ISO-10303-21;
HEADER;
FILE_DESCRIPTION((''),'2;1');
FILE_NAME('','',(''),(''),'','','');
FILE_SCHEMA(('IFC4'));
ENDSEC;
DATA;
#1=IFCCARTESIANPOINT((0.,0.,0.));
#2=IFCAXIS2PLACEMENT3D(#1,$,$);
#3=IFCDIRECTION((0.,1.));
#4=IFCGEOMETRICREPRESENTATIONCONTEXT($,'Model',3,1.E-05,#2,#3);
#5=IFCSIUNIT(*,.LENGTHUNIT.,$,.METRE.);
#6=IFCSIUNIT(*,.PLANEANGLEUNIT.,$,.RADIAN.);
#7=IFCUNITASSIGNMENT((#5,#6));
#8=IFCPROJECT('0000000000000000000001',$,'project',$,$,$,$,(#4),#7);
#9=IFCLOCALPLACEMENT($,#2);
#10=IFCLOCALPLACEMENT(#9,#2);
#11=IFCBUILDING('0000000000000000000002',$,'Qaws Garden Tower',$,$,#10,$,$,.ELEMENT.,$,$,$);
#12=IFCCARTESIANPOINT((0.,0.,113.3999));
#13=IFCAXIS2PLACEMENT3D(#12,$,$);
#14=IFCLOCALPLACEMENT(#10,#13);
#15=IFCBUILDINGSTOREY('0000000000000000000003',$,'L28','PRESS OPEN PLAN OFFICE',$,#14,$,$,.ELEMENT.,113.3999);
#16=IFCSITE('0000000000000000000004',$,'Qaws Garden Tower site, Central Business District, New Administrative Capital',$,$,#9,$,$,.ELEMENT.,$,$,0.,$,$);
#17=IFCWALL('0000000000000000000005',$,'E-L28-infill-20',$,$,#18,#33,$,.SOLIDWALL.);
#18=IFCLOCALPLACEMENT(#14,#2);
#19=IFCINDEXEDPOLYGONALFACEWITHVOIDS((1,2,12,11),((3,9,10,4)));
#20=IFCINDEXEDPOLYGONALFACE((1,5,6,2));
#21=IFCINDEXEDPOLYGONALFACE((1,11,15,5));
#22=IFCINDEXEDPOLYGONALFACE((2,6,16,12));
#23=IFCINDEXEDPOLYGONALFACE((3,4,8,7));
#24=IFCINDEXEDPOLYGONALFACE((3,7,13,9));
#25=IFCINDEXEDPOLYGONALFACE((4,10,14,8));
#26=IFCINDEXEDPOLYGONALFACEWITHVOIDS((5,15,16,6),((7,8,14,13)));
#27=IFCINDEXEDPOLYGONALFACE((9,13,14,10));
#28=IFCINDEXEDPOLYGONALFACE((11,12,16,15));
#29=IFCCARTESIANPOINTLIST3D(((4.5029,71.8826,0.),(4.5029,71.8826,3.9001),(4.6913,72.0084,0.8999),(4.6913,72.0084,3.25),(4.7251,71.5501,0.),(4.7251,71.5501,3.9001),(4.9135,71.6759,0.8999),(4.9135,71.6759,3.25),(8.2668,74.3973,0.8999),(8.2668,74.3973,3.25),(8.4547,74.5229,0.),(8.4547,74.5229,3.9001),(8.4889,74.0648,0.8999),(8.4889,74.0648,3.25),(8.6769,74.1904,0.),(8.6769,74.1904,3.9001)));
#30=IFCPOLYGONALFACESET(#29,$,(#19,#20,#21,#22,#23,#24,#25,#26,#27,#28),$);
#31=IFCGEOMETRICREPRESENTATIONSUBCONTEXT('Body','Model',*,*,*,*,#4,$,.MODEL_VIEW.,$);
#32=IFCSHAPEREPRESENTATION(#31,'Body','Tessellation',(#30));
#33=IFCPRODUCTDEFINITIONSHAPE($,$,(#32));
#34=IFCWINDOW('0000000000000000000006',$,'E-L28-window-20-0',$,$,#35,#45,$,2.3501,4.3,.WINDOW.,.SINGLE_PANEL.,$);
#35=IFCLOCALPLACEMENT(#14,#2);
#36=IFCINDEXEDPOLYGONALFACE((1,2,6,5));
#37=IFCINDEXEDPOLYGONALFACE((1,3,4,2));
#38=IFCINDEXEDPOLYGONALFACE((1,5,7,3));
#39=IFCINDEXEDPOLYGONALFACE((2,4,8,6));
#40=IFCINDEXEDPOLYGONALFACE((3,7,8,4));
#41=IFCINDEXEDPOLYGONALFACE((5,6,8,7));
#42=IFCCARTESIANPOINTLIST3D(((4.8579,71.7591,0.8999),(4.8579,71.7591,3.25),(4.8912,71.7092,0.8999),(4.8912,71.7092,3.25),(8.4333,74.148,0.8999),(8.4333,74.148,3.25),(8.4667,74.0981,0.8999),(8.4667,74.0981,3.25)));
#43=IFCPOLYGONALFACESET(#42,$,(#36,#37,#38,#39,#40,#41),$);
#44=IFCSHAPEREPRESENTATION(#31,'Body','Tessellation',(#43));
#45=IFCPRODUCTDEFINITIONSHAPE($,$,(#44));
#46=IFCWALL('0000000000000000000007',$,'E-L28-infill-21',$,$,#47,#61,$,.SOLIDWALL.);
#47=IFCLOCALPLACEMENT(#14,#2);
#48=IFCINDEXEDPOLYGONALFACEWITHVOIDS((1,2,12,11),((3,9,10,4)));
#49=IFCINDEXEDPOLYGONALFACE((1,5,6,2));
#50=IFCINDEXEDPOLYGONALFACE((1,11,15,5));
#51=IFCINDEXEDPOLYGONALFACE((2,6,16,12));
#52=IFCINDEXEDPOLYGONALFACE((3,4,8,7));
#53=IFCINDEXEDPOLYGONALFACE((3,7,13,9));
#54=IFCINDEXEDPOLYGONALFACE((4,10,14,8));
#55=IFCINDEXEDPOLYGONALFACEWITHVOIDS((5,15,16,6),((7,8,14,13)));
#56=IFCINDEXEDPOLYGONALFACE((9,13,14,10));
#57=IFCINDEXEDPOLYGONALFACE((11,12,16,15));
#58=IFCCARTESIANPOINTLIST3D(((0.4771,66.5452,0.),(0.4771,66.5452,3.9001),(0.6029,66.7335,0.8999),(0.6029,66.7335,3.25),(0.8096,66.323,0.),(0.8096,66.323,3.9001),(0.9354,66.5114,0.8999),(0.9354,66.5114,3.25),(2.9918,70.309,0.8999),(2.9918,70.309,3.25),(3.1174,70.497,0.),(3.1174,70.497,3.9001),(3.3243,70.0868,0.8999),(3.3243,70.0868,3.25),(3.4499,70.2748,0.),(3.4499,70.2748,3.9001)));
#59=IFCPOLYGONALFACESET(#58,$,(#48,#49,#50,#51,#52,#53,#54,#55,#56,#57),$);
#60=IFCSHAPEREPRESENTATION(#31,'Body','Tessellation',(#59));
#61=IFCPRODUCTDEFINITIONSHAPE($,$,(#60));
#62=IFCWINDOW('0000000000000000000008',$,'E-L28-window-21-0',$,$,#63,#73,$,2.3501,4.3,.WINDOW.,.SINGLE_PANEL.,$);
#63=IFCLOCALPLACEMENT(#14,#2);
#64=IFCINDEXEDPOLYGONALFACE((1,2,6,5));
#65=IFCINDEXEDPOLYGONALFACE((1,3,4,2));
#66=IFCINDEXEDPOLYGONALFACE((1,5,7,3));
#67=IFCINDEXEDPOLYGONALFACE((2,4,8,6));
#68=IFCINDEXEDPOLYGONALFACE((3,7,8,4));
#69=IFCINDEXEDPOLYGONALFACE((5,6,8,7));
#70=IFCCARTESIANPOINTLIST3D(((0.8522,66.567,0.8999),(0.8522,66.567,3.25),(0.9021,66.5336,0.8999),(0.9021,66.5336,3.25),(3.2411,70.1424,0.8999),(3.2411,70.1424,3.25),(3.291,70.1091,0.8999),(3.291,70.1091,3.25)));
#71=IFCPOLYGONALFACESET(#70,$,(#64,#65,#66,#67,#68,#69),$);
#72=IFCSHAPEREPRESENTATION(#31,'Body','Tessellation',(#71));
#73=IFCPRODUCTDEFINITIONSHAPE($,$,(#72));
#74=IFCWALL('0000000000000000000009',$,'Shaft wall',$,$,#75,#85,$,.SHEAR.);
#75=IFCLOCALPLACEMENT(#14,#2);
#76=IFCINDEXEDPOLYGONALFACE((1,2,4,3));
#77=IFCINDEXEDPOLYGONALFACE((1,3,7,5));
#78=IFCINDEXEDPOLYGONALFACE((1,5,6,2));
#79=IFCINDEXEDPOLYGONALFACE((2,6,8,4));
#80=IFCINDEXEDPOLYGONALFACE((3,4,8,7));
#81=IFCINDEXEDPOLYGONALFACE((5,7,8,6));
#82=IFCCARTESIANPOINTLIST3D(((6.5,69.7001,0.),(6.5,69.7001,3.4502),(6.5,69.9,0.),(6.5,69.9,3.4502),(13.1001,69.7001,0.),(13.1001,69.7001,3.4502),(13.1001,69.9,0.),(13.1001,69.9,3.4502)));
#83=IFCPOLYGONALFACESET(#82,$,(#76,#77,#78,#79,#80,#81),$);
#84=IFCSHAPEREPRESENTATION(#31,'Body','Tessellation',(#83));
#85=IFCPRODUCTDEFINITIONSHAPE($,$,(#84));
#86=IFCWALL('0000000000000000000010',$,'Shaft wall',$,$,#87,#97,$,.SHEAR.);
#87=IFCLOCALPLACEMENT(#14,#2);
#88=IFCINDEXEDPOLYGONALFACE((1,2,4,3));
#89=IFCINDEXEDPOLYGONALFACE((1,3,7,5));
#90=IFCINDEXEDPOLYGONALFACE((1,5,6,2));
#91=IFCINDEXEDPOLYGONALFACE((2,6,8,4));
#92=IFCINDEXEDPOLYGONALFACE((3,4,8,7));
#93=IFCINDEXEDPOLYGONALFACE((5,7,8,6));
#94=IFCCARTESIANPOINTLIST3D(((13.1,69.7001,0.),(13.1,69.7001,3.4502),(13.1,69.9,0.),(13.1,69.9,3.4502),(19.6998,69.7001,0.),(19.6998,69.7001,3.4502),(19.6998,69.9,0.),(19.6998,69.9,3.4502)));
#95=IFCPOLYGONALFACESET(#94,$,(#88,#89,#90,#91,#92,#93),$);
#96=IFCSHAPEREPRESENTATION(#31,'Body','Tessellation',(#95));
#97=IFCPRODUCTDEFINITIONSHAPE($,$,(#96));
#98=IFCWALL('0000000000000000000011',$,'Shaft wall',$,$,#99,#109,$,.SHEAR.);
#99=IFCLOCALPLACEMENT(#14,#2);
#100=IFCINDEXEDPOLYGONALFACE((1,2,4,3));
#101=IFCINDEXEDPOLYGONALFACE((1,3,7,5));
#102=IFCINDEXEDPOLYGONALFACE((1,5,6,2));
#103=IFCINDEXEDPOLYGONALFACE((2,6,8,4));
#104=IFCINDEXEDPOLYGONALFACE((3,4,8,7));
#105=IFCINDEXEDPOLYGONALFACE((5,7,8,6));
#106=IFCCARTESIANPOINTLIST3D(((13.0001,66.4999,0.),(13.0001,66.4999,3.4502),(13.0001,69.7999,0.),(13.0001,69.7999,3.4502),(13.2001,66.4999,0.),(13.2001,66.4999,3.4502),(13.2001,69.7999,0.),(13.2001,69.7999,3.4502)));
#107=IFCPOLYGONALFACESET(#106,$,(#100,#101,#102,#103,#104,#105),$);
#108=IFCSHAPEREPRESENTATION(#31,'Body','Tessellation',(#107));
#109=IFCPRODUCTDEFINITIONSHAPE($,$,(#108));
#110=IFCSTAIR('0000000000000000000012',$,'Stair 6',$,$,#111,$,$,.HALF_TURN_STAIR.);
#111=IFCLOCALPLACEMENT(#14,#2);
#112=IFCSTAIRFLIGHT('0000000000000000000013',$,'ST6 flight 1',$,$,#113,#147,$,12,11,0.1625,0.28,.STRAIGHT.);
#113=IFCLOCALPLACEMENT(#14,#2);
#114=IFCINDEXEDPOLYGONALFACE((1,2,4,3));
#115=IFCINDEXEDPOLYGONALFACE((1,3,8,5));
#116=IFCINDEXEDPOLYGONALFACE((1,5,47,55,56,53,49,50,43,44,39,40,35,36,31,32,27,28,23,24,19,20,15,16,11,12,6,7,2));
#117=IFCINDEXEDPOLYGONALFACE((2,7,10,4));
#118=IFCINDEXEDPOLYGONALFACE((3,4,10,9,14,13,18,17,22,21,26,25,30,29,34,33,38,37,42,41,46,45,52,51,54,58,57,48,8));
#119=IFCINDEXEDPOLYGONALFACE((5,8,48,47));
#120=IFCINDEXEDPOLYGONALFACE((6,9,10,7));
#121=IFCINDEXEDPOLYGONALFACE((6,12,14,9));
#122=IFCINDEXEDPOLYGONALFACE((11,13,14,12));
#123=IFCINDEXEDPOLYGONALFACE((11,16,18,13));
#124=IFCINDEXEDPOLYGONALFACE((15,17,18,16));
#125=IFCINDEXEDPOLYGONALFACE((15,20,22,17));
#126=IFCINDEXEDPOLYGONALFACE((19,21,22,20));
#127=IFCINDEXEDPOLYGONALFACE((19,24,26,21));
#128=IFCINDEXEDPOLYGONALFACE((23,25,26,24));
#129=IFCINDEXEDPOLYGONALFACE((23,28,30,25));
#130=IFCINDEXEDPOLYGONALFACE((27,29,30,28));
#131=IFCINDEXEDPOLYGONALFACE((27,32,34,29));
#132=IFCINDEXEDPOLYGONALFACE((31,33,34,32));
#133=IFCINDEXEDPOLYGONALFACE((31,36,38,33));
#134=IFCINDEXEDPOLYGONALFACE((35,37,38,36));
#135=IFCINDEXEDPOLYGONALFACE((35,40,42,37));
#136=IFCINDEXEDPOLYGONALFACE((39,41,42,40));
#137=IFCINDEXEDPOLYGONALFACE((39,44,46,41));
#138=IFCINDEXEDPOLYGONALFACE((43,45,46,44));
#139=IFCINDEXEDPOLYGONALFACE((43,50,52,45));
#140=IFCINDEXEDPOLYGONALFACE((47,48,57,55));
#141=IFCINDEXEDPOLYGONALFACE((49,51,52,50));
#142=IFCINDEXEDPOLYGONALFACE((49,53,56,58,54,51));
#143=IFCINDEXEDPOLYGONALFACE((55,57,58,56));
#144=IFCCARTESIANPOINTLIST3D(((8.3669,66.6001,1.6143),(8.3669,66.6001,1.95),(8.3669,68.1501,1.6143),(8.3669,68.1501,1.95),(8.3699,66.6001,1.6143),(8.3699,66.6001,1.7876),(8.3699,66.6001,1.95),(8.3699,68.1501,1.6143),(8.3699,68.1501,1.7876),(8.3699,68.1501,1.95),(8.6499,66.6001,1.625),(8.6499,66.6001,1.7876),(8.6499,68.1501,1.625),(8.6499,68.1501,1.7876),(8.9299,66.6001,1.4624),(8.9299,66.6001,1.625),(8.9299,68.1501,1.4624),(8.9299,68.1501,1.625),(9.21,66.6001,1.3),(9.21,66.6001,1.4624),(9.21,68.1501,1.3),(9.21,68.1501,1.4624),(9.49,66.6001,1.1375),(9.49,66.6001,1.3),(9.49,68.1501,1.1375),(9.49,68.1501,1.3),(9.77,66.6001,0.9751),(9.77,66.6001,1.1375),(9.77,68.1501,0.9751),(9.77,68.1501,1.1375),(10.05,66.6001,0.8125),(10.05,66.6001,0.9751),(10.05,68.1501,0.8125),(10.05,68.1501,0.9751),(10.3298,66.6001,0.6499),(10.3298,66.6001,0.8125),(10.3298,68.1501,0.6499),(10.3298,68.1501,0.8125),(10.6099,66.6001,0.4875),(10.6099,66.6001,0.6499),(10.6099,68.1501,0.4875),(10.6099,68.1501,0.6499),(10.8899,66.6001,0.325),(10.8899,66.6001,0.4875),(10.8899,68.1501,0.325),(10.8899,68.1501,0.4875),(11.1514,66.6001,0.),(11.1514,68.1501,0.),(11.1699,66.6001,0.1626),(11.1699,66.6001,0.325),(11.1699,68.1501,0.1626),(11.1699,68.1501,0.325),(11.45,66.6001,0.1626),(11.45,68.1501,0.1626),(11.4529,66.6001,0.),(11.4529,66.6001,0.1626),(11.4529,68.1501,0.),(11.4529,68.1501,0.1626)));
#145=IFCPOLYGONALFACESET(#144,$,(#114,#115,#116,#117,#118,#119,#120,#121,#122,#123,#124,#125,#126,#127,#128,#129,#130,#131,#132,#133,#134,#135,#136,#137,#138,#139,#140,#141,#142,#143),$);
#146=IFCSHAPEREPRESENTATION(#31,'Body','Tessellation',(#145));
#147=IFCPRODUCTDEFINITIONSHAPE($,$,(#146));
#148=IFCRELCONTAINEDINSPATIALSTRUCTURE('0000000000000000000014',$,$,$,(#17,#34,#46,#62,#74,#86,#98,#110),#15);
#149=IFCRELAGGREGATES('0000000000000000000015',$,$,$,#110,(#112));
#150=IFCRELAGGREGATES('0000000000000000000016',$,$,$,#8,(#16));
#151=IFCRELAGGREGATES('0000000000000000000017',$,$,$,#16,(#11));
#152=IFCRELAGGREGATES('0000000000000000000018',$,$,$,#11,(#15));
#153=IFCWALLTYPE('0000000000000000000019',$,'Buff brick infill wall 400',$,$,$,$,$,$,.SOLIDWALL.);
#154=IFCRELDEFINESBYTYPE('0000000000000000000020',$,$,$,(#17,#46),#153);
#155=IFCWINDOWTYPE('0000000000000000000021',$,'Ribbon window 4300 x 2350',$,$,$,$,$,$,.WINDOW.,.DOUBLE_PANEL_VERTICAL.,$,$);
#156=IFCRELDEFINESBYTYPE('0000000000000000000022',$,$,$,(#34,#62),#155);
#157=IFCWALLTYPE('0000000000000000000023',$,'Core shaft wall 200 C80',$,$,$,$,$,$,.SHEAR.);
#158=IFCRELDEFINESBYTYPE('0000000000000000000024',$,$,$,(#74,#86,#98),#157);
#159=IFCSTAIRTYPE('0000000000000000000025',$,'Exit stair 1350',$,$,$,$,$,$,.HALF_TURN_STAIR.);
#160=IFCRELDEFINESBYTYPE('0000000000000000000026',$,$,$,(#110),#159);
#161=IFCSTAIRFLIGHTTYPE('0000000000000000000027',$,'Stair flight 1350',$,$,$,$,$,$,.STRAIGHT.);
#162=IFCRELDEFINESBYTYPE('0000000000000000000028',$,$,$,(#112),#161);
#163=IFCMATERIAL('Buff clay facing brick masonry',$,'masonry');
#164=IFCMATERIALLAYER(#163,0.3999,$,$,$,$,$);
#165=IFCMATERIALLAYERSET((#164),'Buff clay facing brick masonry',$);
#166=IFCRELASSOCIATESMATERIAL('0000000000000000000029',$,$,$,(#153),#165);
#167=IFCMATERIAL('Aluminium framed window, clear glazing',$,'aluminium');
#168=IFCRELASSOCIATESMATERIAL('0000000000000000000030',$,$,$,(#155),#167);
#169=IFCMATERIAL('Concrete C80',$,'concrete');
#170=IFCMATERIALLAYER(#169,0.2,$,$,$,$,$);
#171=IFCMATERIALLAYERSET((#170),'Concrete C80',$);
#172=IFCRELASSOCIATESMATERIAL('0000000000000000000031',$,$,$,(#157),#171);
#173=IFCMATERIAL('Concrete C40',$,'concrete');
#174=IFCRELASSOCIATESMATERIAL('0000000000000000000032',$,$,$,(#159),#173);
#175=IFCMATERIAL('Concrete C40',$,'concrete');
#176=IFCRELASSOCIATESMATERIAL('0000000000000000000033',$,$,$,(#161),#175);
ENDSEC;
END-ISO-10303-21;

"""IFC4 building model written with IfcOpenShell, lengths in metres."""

from ifc_helpers import new_model, si_unit, direction, frame, frame_2d, origin, place, context, subcontext, project, spatial, polyline, rectangle, outline, extrude, material, layer, layer_set, type_object, element, fill, aggregate, save


model = new_model("IFC4")

# Units and contexts
model_context = context("Model", 3, precision=1e-05, world=origin(), true_north=direction((0.0, 1.0)))
body_context = subcontext(model_context, "Body", "Model", "MODEL_VIEW")
ifc_project = project(units=[si_unit("LENGTHUNIT", "METRE"), si_unit("PLANEANGLEUNIT", "RADIAN")], contexts=[model_context])

# Site, building, storey
site_placement = place(None, origin())
site = spatial("IfcSite", under=ifc_project, at=site_placement, Name="Qaws Garden Tower site, Central Business District, New Administrative Capital", CompositionType="ELEMENT", RefElevation=0.0)
building_placement = place(site_placement, origin())
building = spatial("IfcBuilding", under=site, at=building_placement, Name="Qaws Garden Tower", CompositionType="ELEMENT")
storey_placement = place(building_placement, frame((0.0, 0.0, 113.3999)))
storey = spatial("IfcBuildingStorey", under=building, at=storey_placement, Name="L28", Description="PRESS OPEN PLAN OFFICE", CompositionType="ELEMENT", Elevation=113.3999)

# Walls, openings, windows
ifc_material_1 = material(Name="Buff clay facing brick masonry", Category="masonry")
ifc_layer_1 = layer(ifc_material_1, 0.3999)
ifc_layer_set_1 = layer_set([ifc_layer_1], Name="Buff clay facing brick masonry")
wall_type_1 = type_object("IfcWallType", Name="Buff brick infill wall 400", PredefinedType="SOLIDWALL", material=ifc_layer_set_1)
ifc_material_2 = material(Name="Aluminium framed window, clear glazing", Category="aluminium")
window_type = type_object("IfcWindowType", Name="Ribbon window 4300 x 2350", PartitioningType="DOUBLE_PANEL_VERTICAL", PredefinedType="WINDOW", material=ifc_material_2)
wall_1_placement = place(storey_placement, frame((8.5659, 74.3567, 0.0), z_axis=(0.0, 0.0, 1.0), x_axis=(-0.831489, -0.555542, 0.0)))
wall_1 = element("IfcWall", 1, at=wall_1_placement, inside=storey, type_object=wall_type_1, Name="E-L28-infill-20", PredefinedType="SOLIDWALL", context=body_context, shape_type="SweptSolid", body=[
    extrude(rectangle(XDim=4.7527, YDim=0.3999, at=frame_2d((2.3765, 0.0))), origin(), (0.0, 0.0, 1.0), 3.9001),
])
opening_1_placement = place(wall_1_placement, frame((0.2263, 0.0, 0.8999)))
opening_1 = element("IfcOpeningElement", 2, at=opening_1_placement, cuts=wall_1, PredefinedType="OPENING", context=body_context, shape_type="SweptSolid", body=[
    extrude(rectangle(XDim=4.3, YDim=2.3501, at=frame_2d((2.1499, 1.175))), frame((0.0, 0.21, 0.0), z_axis=(0.0, -1.0, 0.0), x_axis=(1.0, 0.0, 0.0)), (0.0, 0.0, 1.0), 0.4199),
])
window_1_placement = place(opening_1_placement, origin())
window_1 = element("IfcWindow", 3, at=window_1_placement, inside=storey, type_object=window_type, Name="E-L28-window-20-0", OverallHeight=2.3501, OverallWidth=4.3, PartitioningType="SINGLE_PANEL", PredefinedType="WINDOW", context=body_context, shape_type="SweptSolid", body=[
    extrude(rectangle(XDim=4.3, YDim=2.3501, at=frame_2d((2.1499, 1.175))), frame((0.0, 0.1599, 0.0), z_axis=(0.0, -1.0, 0.0), x_axis=(1.0, 0.0, 0.0)), (0.0, 0.0, 1.0), 0.0601),
])
fill(opening_1, window_1)
wall_2_placement = place(storey_placement, frame((3.2837, 70.386, 0.0), z_axis=(0.0, 0.0, 1.0), x_axis=(-0.555542, -0.831489, 0.0)))
wall_2 = element("IfcWall", 4, at=wall_2_placement, inside=storey, type_object=wall_type_1, Name="E-L28-infill-21", PredefinedType="SOLIDWALL", context=body_context, shape_type="SweptSolid", body=[
    extrude(rectangle(XDim=4.7527, YDim=0.3999, at=frame_2d((2.3765, 0.0))), origin(), (0.0, 0.0, 1.0), 3.9001),
])
opening_2_placement = place(wall_2_placement, frame((0.2263, 0.0, 0.8999)))
opening_2 = element("IfcOpeningElement", 5, at=opening_2_placement, cuts=wall_2, PredefinedType="OPENING", context=body_context, shape_type="SweptSolid", body=[
    extrude(rectangle(XDim=4.3, YDim=2.3501, at=frame_2d((2.1499, 1.175))), frame((0.0, 0.21, 0.0), z_axis=(0.0, -1.0, 0.0), x_axis=(1.0, 0.0, 0.0)), (0.0, 0.0, 1.0), 0.4199),
])
window_2_placement = place(opening_2_placement, origin())
window_2 = element("IfcWindow", 6, at=window_2_placement, inside=storey, type_object=window_type, Name="E-L28-window-21-0", OverallHeight=2.3501, OverallWidth=4.3, PartitioningType="SINGLE_PANEL", PredefinedType="WINDOW", context=body_context, shape_type="SweptSolid", body=[
    extrude(rectangle(XDim=4.3, YDim=2.3501, at=frame_2d((2.1499, 1.175))), frame((0.0, 0.1599, 0.0), z_axis=(0.0, -1.0, 0.0), x_axis=(1.0, 0.0, 0.0)), (0.0, 0.0, 1.0), 0.0601),
])
fill(opening_2, window_2)

# Walls
ifc_material_3 = material(Name="Concrete C80", Category="concrete")
ifc_layer_2 = layer(ifc_material_3, 0.2)
ifc_layer_set_2 = layer_set([ifc_layer_2], Name="Concrete C80")
wall_type_2 = type_object("IfcWallType", Name="Core shaft wall 200 C80", PredefinedType="SHEAR", material=ifc_layer_set_2)
wall_3_placement = place(storey_placement, frame((6.5, 69.8, 0.0), z_axis=(0.0, 0.0, 1.0), x_axis=(1.0, 0.0, 0.0)))
element("IfcWall", 7, at=wall_3_placement, inside=storey, type_object=wall_type_2, Name="Shaft wall", PredefinedType="SHEAR", context=body_context, shape_type="SweptSolid", body=[
    extrude(rectangle(XDim=6.6001, YDim=0.2, at=frame_2d((3.3, 0.0))), origin(), (0.0, 0.0, 1.0), 3.4502),
])
wall_4_placement = place(storey_placement, frame((13.1001, 69.8, 0.0), z_axis=(0.0, 0.0, 1.0), x_axis=(1.0, 0.0, 0.0)))
element("IfcWall", 8, at=wall_4_placement, inside=storey, type_object=wall_type_2, Name="Shaft wall", PredefinedType="SHEAR", context=body_context, shape_type="SweptSolid", body=[
    extrude(rectangle(XDim=6.5999, YDim=0.2, at=frame_2d((3.2998, 0.0))), origin(), (0.0, 0.0, 1.0), 3.4502),
])
wall_5_placement = place(storey_placement, frame((13.1001, 66.5, 0.0), z_axis=(0.0, 0.0, 1.0), x_axis=(0.0, 1.0, 0.0)))
element("IfcWall", 9, at=wall_5_placement, inside=storey, type_object=wall_type_2, Name="Shaft wall", PredefinedType="SHEAR", context=body_context, shape_type="SweptSolid", body=[
    extrude(rectangle(XDim=3.3, YDim=0.2, at=frame_2d((1.6499, 0.0))), origin(), (0.0, 0.0, 1.0), 3.4502),
])

# Stair, stair flight
ifc_material_4 = material(Name="Concrete C40", Category="concrete")
stair_type = type_object("IfcStairType", Name="Exit stair 1350", PredefinedType="HALF_TURN_STAIR", material=ifc_material_4)
placement = place(storey_placement, origin())
stair_1 = element("IfcStair", 10, at=placement, inside=storey, type_object=stair_type, Name="Stair 6", PredefinedType="HALF_TURN_STAIR")
ifc_material_5 = material(Name="Concrete C40", Category="concrete")
stair_flight_type = type_object("IfcStairFlightType", Name="Stair flight 1350", PredefinedType="STRAIGHT", material=ifc_material_5)
stair_flight_1_placement = place(storey_placement, frame((11.45, 67.375, 0.0), z_axis=(0.0, 0.0, 1.0), x_axis=(-1.0, 0.0, 0.0)))
stair_flight_1 = element("IfcStairFlight", 11, at=stair_flight_1_placement, type_object=stair_flight_type, Name="ST6 flight 1", NumberOfRisers=12, NumberOfTreads=11, PredefinedType="STRAIGHT", RiserHeight=0.1625, TreadLength=0.28, context=body_context, shape_type="SweptSolid", body=[
    extrude(outline(polyline([(-0.0029, 0.0), (-0.0029, 0.1626), (0.0, 0.1626), (0.28, 0.1626), (0.28, 0.325), (0.5601, 0.325), (0.5601, 0.4875), (0.8401, 0.4875), (0.8401, 0.6499), (1.1201, 0.6499), (1.1201, 0.8125), (1.3999, 0.8125), (1.3999, 0.9751), (1.6799, 0.9751), (1.6799, 1.1375), (1.96, 1.1375), (1.96, 1.3), (2.24, 1.3), (2.24, 1.4624), (2.52, 1.4624), (2.52, 1.625), (2.8, 1.625), (2.8, 1.7876), (3.0801, 1.7876), (3.0801, 1.95), (3.083, 1.95), (3.083, 1.6143), (3.0801, 1.6143), (0.2986, 0.0), (-0.0029, 0.0)])), frame((0.0, 0.7749, 0.0), z_axis=(0.0, -1.0, 0.0), x_axis=(1.0, 0.0, 0.0)), (0.0, 0.0, 1.0), 1.55),
])
aggregate(stair_1, [stair_flight_1])

save(model, "model.ifc")
